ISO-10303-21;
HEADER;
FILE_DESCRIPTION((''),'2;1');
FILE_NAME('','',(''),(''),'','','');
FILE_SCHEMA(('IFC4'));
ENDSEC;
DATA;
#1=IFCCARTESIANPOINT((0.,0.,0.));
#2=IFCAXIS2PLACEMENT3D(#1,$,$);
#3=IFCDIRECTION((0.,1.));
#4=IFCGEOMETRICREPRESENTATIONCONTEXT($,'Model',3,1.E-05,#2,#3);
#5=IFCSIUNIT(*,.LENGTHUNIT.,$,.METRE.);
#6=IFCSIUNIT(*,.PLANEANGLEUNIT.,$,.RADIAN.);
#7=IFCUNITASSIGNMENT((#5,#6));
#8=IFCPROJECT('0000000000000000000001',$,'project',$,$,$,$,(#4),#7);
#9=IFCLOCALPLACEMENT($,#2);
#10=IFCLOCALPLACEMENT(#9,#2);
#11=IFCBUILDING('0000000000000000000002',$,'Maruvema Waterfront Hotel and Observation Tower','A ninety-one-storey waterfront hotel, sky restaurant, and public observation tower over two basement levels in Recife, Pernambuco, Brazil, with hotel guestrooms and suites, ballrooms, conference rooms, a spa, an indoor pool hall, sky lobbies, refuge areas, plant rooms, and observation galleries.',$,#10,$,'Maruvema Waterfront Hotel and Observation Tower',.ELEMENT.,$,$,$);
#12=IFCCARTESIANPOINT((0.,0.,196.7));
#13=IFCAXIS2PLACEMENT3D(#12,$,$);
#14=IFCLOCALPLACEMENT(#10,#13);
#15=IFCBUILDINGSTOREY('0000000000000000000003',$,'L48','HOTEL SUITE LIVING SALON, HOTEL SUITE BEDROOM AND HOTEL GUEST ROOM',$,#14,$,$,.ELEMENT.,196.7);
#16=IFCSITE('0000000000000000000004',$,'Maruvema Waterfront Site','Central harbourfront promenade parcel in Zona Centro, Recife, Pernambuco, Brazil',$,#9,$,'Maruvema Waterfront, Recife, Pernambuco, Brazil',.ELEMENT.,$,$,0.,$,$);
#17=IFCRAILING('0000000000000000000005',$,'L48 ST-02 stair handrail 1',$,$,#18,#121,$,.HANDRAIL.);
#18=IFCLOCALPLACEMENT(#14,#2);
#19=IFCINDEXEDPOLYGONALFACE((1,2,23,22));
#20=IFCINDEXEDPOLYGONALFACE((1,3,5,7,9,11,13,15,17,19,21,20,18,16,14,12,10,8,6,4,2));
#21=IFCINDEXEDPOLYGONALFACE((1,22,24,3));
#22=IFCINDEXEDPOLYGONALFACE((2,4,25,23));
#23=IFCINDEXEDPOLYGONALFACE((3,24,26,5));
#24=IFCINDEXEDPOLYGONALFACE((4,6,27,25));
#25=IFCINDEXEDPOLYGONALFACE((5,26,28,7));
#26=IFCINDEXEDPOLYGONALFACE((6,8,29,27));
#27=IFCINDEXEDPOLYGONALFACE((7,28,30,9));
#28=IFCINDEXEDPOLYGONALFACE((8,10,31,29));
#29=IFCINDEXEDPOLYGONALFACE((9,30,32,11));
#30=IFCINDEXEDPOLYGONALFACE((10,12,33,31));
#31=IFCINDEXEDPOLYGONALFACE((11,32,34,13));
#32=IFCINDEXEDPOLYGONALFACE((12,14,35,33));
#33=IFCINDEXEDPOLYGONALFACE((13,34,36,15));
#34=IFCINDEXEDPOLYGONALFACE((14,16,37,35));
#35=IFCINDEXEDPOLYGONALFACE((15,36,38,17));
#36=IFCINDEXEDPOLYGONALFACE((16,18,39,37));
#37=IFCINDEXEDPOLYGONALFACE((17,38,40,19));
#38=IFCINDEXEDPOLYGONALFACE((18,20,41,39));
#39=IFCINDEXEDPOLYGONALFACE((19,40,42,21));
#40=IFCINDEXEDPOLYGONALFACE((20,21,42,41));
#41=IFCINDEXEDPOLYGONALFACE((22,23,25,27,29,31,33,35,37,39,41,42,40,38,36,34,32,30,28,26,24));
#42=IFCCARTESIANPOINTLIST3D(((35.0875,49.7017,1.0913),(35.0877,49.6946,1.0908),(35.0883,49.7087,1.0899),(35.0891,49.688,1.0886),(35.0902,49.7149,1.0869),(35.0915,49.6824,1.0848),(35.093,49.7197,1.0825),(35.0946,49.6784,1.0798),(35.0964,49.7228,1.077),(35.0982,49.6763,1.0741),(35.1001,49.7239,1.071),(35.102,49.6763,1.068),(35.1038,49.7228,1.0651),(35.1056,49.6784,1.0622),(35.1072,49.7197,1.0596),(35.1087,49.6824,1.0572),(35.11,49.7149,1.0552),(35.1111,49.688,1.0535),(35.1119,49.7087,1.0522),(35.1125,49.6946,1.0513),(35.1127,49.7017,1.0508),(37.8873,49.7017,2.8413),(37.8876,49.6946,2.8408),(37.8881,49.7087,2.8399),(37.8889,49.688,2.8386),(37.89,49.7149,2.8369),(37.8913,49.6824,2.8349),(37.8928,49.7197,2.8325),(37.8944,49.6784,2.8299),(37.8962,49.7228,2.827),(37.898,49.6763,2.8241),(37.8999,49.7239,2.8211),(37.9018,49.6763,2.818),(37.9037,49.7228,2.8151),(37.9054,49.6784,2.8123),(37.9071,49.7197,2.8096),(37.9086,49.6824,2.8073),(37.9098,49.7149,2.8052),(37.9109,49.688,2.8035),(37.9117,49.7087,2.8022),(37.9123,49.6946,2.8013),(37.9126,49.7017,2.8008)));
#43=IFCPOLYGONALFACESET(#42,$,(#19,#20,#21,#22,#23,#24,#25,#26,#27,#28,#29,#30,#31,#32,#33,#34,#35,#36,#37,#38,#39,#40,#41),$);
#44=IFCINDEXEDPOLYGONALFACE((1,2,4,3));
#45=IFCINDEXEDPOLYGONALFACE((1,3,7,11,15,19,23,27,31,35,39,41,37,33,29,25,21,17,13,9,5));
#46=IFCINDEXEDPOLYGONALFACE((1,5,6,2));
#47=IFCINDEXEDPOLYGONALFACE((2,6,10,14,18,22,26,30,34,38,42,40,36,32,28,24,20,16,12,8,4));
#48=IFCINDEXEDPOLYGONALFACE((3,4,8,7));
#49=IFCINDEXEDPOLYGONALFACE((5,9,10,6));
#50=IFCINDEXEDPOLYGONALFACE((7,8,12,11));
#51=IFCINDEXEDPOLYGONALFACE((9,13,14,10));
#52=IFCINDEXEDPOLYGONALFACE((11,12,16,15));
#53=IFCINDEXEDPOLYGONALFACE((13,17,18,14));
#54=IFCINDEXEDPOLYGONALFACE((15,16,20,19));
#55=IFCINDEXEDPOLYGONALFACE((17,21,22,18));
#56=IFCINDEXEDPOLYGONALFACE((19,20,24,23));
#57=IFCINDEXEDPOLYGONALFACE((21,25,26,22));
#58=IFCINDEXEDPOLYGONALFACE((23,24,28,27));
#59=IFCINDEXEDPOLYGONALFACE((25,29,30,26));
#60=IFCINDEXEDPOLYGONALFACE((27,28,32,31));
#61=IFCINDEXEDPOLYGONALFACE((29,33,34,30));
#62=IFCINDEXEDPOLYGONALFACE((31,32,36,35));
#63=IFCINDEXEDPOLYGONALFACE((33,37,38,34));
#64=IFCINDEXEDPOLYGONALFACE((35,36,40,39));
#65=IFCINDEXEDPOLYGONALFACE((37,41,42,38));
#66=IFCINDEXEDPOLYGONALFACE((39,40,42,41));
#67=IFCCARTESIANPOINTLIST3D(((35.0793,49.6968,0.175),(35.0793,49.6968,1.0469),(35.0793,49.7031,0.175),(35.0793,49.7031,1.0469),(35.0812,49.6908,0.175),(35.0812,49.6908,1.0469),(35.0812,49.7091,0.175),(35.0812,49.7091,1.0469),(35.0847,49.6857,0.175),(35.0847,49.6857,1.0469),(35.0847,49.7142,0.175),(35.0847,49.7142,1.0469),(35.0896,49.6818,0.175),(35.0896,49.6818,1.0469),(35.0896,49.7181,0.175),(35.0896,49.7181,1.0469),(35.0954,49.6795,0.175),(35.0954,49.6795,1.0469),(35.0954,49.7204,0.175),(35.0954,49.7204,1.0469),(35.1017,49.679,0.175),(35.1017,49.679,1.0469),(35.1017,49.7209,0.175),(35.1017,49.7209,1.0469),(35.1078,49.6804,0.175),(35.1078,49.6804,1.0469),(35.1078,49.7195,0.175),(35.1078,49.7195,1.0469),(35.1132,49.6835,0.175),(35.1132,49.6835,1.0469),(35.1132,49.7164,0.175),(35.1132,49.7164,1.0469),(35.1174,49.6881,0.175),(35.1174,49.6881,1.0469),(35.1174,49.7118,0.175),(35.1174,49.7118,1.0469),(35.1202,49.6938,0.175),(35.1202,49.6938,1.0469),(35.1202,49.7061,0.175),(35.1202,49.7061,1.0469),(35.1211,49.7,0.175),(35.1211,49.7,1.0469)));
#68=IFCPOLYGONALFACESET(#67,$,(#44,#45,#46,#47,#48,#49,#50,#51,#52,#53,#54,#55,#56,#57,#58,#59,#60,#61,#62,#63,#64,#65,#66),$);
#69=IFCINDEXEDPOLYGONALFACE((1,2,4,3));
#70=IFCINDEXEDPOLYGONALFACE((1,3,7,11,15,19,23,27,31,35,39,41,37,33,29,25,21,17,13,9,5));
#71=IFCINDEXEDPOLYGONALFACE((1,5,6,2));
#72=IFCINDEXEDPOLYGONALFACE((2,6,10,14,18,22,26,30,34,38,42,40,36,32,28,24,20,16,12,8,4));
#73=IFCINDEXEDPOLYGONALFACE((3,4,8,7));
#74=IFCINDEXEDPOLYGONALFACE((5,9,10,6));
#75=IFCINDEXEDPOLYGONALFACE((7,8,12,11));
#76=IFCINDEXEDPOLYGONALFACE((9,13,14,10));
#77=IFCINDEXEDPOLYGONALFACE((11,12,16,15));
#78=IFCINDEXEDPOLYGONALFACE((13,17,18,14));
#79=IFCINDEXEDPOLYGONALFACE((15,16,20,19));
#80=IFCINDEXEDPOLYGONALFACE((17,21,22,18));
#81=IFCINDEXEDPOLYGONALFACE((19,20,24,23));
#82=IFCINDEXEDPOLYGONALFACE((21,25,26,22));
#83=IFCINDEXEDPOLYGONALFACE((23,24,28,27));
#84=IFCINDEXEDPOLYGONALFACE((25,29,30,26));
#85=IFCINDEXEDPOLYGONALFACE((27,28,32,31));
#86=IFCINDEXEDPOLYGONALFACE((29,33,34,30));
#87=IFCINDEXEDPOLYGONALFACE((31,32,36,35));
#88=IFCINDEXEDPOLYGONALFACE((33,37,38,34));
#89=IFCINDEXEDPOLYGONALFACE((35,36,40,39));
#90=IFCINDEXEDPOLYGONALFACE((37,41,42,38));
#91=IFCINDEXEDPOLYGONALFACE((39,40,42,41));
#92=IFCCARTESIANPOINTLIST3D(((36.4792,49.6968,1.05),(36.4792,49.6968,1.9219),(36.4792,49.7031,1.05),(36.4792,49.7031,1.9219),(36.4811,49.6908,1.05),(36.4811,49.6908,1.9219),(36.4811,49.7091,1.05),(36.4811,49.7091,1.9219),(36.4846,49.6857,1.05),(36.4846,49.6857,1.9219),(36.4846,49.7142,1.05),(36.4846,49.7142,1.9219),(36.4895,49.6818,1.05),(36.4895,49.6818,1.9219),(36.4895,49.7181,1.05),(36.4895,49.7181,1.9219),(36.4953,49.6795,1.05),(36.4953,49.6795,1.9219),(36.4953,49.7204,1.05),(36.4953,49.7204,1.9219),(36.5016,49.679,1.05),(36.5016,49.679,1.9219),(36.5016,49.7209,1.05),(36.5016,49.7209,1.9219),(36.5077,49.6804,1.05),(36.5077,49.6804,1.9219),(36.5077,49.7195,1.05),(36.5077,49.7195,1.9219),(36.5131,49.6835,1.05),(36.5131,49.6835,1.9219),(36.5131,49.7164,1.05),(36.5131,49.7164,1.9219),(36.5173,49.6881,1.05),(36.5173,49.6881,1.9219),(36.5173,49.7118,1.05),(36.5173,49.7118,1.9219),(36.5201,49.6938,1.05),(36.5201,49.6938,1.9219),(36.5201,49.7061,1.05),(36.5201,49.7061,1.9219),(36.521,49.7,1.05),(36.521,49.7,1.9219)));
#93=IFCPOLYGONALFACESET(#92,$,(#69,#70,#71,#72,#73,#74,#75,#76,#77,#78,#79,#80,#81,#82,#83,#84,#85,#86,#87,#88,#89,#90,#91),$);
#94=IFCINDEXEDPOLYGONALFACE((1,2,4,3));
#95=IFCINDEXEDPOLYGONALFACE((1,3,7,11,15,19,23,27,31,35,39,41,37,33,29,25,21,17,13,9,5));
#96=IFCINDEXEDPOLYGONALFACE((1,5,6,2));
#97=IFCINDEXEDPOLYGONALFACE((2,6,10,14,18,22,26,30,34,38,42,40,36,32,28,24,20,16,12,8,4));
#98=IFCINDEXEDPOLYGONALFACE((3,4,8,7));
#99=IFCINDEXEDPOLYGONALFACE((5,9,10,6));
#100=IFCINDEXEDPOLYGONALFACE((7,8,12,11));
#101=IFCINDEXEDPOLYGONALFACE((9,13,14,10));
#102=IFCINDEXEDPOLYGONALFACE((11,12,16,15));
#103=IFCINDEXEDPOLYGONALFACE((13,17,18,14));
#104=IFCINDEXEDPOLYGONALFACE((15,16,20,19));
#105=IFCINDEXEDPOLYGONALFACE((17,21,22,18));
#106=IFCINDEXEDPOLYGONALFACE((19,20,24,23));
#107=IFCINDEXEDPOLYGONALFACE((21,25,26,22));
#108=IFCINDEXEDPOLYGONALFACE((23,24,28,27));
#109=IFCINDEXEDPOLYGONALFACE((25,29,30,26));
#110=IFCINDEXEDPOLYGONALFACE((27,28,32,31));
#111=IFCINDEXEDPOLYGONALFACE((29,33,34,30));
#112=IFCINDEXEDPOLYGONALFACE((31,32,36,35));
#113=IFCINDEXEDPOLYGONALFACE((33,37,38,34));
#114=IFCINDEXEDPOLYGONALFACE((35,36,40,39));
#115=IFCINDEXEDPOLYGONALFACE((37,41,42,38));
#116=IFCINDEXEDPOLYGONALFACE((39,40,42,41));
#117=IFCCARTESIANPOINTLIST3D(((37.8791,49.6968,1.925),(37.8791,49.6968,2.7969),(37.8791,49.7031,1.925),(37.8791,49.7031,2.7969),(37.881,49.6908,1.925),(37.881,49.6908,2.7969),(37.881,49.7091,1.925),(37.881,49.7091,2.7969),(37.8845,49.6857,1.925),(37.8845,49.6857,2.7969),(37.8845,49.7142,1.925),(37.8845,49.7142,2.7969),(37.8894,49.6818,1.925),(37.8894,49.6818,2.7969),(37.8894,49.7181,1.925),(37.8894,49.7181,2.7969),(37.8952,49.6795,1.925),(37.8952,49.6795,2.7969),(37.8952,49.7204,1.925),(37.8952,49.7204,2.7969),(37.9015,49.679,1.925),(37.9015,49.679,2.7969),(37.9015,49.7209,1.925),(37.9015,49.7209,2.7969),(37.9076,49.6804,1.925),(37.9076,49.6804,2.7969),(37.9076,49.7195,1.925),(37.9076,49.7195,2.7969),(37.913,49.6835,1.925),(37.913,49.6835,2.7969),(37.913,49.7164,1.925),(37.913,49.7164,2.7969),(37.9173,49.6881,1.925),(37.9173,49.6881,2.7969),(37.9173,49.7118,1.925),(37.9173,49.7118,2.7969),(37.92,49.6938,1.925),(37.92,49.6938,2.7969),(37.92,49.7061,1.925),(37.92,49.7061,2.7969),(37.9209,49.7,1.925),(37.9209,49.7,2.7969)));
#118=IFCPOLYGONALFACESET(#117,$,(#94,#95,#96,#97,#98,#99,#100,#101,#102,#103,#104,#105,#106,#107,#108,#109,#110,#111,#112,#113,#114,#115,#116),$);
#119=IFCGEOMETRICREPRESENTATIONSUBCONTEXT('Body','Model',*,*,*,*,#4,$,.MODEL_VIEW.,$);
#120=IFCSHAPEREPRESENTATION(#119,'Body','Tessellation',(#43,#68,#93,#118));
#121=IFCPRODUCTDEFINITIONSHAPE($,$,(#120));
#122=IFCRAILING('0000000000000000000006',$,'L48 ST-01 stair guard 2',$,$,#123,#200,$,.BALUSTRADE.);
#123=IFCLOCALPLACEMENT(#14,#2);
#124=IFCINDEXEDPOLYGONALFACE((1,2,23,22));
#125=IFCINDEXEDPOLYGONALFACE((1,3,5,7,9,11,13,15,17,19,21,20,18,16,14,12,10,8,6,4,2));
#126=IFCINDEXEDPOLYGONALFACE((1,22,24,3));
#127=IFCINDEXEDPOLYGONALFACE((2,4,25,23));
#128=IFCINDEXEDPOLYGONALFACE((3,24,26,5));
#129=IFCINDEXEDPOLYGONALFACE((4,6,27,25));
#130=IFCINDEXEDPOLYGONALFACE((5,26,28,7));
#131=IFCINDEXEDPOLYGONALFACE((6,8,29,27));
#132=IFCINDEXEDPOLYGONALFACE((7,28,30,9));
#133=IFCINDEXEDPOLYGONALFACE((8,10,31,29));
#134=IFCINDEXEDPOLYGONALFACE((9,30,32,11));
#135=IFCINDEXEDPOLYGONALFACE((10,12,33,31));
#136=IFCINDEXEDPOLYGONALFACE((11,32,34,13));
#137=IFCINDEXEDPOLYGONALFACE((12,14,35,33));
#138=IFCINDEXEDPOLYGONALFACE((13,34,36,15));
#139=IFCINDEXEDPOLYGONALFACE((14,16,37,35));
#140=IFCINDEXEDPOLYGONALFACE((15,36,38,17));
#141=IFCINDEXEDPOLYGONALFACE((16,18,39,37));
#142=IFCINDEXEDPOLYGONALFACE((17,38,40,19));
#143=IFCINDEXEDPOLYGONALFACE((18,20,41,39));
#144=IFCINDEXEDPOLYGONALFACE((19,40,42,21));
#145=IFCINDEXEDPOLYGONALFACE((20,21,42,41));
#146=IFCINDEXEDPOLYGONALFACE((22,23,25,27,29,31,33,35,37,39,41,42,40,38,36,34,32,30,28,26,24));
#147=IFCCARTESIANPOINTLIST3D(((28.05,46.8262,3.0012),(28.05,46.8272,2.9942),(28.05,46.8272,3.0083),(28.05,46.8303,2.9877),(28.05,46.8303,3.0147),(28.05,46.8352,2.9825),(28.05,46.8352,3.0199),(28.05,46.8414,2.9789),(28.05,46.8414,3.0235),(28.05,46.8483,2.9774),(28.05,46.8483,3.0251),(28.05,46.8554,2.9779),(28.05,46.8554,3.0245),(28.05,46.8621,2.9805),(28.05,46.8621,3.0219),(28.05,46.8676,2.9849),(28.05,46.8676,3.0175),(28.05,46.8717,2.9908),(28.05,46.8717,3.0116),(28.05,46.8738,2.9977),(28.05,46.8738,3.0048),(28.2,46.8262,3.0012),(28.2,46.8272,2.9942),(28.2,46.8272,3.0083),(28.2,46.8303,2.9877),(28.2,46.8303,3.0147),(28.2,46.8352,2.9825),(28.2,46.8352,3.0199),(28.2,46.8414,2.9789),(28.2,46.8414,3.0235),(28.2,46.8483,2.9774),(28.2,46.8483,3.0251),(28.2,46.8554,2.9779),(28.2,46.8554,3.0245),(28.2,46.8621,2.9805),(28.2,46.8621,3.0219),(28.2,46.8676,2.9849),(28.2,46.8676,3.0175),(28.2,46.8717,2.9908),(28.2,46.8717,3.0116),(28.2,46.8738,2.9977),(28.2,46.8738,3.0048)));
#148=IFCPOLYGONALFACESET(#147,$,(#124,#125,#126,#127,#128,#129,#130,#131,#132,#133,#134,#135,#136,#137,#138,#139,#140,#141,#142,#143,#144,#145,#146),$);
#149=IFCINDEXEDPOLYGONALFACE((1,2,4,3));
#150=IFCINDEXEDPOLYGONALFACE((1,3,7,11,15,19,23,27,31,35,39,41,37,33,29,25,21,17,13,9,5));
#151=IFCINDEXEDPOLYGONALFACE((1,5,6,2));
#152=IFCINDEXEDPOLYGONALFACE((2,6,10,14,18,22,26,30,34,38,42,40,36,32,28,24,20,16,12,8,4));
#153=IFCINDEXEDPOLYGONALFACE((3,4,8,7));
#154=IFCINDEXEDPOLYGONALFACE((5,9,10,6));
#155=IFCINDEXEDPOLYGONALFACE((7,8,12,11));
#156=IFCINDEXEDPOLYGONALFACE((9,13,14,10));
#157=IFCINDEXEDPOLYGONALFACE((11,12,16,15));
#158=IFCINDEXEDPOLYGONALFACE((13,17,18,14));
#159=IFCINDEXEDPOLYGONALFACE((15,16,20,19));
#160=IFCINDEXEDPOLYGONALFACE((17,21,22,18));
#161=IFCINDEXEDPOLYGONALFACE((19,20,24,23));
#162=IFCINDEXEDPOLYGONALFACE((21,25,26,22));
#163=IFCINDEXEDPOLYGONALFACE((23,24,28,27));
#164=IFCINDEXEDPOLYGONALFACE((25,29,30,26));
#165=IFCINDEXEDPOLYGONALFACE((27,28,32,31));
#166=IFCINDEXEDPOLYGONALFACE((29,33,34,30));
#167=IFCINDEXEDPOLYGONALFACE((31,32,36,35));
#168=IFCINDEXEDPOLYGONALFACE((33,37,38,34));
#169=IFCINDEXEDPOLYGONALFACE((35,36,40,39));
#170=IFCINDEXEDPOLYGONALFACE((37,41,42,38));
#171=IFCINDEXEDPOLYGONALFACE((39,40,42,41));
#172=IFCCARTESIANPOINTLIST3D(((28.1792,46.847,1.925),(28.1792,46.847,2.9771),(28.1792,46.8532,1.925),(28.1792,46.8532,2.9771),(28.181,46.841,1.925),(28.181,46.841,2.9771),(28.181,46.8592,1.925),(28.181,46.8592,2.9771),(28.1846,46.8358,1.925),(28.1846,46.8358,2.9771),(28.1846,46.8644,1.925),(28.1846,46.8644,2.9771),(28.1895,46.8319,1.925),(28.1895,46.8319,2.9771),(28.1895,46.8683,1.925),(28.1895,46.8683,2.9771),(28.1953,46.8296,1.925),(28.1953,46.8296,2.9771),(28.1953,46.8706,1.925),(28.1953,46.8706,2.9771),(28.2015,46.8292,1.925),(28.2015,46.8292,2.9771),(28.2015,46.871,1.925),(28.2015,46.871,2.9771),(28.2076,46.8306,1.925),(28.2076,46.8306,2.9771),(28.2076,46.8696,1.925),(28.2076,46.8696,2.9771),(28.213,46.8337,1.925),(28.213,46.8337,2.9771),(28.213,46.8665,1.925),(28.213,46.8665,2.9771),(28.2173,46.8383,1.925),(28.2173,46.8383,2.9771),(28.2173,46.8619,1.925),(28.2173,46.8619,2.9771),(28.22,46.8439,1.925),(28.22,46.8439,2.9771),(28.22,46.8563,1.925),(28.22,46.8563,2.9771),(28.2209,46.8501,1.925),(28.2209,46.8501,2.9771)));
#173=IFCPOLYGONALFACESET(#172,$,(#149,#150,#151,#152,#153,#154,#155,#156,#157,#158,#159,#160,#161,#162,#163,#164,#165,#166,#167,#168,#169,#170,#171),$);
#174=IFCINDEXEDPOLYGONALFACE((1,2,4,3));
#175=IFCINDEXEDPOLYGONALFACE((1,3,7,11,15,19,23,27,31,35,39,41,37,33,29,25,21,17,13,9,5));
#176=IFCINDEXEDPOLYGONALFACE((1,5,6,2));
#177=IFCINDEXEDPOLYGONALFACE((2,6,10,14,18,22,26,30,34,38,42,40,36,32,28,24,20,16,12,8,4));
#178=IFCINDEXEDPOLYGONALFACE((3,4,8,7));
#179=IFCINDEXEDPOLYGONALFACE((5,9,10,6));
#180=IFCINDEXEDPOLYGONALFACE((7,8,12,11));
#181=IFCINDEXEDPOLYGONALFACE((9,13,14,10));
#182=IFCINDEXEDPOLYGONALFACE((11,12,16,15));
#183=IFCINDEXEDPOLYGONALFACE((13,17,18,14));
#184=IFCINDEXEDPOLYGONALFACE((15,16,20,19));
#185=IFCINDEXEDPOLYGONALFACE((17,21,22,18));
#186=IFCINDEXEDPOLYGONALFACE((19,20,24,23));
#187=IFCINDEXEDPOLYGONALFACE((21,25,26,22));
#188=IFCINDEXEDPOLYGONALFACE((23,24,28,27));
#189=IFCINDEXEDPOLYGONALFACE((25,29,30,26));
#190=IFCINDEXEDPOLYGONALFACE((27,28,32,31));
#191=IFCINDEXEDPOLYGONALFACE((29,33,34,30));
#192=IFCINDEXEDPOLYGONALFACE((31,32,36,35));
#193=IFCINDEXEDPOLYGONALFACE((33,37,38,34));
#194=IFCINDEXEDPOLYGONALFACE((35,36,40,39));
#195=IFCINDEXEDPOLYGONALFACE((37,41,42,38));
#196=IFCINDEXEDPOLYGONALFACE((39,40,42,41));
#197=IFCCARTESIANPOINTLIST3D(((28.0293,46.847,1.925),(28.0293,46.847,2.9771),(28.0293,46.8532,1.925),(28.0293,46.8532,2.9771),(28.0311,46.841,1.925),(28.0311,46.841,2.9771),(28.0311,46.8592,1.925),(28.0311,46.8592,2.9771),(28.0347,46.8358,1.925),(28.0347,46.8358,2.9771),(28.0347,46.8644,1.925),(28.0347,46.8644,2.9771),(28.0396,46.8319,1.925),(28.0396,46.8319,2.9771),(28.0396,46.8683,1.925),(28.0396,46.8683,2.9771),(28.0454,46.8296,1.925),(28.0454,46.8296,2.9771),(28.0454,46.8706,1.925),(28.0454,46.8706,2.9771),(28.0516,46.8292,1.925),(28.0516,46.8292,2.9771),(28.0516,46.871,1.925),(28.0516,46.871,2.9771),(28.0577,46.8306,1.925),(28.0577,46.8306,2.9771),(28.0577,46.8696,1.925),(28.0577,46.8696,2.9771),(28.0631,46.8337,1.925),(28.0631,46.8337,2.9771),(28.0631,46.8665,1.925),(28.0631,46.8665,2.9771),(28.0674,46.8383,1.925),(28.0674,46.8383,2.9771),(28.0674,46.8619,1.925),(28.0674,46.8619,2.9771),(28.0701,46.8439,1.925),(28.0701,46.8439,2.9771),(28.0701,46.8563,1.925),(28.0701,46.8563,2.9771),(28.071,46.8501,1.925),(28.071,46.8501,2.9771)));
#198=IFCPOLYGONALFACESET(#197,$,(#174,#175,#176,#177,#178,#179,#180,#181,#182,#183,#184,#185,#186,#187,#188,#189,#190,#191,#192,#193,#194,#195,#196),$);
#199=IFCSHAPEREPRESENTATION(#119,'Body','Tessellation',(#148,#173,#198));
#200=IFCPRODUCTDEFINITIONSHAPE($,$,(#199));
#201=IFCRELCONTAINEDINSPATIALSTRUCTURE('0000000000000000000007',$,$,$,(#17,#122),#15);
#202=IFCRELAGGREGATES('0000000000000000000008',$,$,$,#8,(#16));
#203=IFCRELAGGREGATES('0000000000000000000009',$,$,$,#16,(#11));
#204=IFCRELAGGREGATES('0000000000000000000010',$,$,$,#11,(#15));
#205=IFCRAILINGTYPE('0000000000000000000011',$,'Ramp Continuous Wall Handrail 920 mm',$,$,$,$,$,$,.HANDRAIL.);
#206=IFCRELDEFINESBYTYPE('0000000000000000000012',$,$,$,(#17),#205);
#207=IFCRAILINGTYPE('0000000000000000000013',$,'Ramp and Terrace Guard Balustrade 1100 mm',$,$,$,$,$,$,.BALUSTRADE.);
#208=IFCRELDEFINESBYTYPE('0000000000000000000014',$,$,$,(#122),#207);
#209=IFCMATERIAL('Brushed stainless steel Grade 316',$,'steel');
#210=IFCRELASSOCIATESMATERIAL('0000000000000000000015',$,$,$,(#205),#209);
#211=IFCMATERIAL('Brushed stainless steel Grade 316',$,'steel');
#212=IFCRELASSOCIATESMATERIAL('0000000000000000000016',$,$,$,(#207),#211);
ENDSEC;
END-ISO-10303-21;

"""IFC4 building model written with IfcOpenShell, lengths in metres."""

from ifc_helpers import new_model, si_unit, direction, frame, origin, origin_2d, place, context, subcontext, project, spatial, circle, extrude, material, type_object, element, save


model = new_model("IFC4")

# Units and contexts
model_context = context("Model", 3, precision=1e-05, world=origin(), true_north=direction((0.0, 1.0)))
body_context = subcontext(model_context, "Body", "Model", "MODEL_VIEW")
ifc_project = project(units=[si_unit("LENGTHUNIT", "METRE"), si_unit("PLANEANGLEUNIT", "RADIAN")], contexts=[model_context])

# Site, building, storey
site_placement = place(None, origin())
site = spatial("IfcSite", under=ifc_project, at=site_placement, Name="Maruvema Waterfront Site", Description="Central harbourfront promenade parcel in Zona Centro, Recife, Pernambuco, Brazil", LongName="Maruvema Waterfront, Recife, Pernambuco, Brazil", CompositionType="ELEMENT", RefElevation=0.0)
building_placement = place(site_placement, origin())
building = spatial("IfcBuilding", under=site, at=building_placement, Name="Maruvema Waterfront Hotel and Observation Tower", Description="A ninety-one-storey waterfront hotel, sky restaurant, and public observation tower over two basement levels in Recife, Pernambuco, Brazil, with hotel guestrooms and suites, ballrooms, conference rooms, a spa, an indoor pool hall, sky lobbies, refuge areas, plant rooms, and observation galleries.", LongName="Maruvema Waterfront Hotel and Observation Tower", CompositionType="ELEMENT")
storey_placement = place(building_placement, frame((0.0, 0.0, 196.7)))
storey = spatial("IfcBuildingStorey", under=building, at=storey_placement, Name="L48", Description="HOTEL SUITE LIVING SALON, HOTEL SUITE BEDROOM AND HOTEL GUEST ROOM", CompositionType="ELEMENT", Elevation=196.7)

# Railings
ifc_material_1 = material(Name="Brushed stainless steel Grade 316", Category="steel")
railing_type_1 = type_object("IfcRailingType", Name="Ramp Continuous Wall Handrail 920 mm", PredefinedType="HANDRAIL", material=ifc_material_1)
railing_1_placement = place(storey_placement, frame((35.1001, 49.7, 0.175)))
element("IfcRailing", 1, at=railing_1_placement, inside=storey, type_object=railing_type_1, Name="L48 ST-02 stair handrail 1", PredefinedType="HANDRAIL", context=body_context, shape_type="SweptSolid", body=[
    extrude(circle(Radius=0.0239, at=origin_2d()), frame((0.0, 0.0, 0.896), z_axis=(0.847982, 0.0, 0.530026), x_axis=(0.0, 1.0, 0.0)), (0.0, 0.0, 1.0), 3.3018),
    extrude(circle(Radius=0.021, at=origin_2d()), origin(), (0.0, 0.0, 1.0), 0.8718),
    extrude(circle(Radius=0.021, at=origin_2d()), frame((1.3999, 0.0, 0.875)), (0.0, 0.0, 1.0), 0.8718),
    extrude(circle(Radius=0.021, at=origin_2d()), frame((2.7998, 0.0, 1.75)), (0.0, 0.0, 1.0), 0.8718),
])
ifc_material_2 = material(Name="Brushed stainless steel Grade 316", Category="steel")
railing_type_2 = type_object("IfcRailingType", Name="Ramp and Terrace Guard Balustrade 1100 mm", PredefinedType="BALUSTRADE", material=ifc_material_2)
railing_2_placement = place(storey_placement, frame((28.2, 46.8501, 1.925)))
element("IfcRailing", 2, at=railing_2_placement, inside=storey, type_object=railing_type_2, Name="L48 ST-01 stair guard 2", PredefinedType="BALUSTRADE", context=body_context, shape_type="SweptSolid", body=[
    extrude(circle(Radius=0.0239, at=origin_2d()), frame((0.0, 0.0, 1.0762), z_axis=(-1.0, 0.0, 0.0), x_axis=(0.0, -1.0, 0.0)), (0.0, 0.0, 1.0), 0.1499),
    extrude(circle(Radius=0.021, at=origin_2d()), origin(), (0.0, 0.0, 1.0), 1.052),
    extrude(circle(Radius=0.021, at=origin_2d()), frame((-0.1499, 0.0, 0.0)), (0.0, 0.0, 1.0), 1.052),
])

save(model, "model.ifc")
